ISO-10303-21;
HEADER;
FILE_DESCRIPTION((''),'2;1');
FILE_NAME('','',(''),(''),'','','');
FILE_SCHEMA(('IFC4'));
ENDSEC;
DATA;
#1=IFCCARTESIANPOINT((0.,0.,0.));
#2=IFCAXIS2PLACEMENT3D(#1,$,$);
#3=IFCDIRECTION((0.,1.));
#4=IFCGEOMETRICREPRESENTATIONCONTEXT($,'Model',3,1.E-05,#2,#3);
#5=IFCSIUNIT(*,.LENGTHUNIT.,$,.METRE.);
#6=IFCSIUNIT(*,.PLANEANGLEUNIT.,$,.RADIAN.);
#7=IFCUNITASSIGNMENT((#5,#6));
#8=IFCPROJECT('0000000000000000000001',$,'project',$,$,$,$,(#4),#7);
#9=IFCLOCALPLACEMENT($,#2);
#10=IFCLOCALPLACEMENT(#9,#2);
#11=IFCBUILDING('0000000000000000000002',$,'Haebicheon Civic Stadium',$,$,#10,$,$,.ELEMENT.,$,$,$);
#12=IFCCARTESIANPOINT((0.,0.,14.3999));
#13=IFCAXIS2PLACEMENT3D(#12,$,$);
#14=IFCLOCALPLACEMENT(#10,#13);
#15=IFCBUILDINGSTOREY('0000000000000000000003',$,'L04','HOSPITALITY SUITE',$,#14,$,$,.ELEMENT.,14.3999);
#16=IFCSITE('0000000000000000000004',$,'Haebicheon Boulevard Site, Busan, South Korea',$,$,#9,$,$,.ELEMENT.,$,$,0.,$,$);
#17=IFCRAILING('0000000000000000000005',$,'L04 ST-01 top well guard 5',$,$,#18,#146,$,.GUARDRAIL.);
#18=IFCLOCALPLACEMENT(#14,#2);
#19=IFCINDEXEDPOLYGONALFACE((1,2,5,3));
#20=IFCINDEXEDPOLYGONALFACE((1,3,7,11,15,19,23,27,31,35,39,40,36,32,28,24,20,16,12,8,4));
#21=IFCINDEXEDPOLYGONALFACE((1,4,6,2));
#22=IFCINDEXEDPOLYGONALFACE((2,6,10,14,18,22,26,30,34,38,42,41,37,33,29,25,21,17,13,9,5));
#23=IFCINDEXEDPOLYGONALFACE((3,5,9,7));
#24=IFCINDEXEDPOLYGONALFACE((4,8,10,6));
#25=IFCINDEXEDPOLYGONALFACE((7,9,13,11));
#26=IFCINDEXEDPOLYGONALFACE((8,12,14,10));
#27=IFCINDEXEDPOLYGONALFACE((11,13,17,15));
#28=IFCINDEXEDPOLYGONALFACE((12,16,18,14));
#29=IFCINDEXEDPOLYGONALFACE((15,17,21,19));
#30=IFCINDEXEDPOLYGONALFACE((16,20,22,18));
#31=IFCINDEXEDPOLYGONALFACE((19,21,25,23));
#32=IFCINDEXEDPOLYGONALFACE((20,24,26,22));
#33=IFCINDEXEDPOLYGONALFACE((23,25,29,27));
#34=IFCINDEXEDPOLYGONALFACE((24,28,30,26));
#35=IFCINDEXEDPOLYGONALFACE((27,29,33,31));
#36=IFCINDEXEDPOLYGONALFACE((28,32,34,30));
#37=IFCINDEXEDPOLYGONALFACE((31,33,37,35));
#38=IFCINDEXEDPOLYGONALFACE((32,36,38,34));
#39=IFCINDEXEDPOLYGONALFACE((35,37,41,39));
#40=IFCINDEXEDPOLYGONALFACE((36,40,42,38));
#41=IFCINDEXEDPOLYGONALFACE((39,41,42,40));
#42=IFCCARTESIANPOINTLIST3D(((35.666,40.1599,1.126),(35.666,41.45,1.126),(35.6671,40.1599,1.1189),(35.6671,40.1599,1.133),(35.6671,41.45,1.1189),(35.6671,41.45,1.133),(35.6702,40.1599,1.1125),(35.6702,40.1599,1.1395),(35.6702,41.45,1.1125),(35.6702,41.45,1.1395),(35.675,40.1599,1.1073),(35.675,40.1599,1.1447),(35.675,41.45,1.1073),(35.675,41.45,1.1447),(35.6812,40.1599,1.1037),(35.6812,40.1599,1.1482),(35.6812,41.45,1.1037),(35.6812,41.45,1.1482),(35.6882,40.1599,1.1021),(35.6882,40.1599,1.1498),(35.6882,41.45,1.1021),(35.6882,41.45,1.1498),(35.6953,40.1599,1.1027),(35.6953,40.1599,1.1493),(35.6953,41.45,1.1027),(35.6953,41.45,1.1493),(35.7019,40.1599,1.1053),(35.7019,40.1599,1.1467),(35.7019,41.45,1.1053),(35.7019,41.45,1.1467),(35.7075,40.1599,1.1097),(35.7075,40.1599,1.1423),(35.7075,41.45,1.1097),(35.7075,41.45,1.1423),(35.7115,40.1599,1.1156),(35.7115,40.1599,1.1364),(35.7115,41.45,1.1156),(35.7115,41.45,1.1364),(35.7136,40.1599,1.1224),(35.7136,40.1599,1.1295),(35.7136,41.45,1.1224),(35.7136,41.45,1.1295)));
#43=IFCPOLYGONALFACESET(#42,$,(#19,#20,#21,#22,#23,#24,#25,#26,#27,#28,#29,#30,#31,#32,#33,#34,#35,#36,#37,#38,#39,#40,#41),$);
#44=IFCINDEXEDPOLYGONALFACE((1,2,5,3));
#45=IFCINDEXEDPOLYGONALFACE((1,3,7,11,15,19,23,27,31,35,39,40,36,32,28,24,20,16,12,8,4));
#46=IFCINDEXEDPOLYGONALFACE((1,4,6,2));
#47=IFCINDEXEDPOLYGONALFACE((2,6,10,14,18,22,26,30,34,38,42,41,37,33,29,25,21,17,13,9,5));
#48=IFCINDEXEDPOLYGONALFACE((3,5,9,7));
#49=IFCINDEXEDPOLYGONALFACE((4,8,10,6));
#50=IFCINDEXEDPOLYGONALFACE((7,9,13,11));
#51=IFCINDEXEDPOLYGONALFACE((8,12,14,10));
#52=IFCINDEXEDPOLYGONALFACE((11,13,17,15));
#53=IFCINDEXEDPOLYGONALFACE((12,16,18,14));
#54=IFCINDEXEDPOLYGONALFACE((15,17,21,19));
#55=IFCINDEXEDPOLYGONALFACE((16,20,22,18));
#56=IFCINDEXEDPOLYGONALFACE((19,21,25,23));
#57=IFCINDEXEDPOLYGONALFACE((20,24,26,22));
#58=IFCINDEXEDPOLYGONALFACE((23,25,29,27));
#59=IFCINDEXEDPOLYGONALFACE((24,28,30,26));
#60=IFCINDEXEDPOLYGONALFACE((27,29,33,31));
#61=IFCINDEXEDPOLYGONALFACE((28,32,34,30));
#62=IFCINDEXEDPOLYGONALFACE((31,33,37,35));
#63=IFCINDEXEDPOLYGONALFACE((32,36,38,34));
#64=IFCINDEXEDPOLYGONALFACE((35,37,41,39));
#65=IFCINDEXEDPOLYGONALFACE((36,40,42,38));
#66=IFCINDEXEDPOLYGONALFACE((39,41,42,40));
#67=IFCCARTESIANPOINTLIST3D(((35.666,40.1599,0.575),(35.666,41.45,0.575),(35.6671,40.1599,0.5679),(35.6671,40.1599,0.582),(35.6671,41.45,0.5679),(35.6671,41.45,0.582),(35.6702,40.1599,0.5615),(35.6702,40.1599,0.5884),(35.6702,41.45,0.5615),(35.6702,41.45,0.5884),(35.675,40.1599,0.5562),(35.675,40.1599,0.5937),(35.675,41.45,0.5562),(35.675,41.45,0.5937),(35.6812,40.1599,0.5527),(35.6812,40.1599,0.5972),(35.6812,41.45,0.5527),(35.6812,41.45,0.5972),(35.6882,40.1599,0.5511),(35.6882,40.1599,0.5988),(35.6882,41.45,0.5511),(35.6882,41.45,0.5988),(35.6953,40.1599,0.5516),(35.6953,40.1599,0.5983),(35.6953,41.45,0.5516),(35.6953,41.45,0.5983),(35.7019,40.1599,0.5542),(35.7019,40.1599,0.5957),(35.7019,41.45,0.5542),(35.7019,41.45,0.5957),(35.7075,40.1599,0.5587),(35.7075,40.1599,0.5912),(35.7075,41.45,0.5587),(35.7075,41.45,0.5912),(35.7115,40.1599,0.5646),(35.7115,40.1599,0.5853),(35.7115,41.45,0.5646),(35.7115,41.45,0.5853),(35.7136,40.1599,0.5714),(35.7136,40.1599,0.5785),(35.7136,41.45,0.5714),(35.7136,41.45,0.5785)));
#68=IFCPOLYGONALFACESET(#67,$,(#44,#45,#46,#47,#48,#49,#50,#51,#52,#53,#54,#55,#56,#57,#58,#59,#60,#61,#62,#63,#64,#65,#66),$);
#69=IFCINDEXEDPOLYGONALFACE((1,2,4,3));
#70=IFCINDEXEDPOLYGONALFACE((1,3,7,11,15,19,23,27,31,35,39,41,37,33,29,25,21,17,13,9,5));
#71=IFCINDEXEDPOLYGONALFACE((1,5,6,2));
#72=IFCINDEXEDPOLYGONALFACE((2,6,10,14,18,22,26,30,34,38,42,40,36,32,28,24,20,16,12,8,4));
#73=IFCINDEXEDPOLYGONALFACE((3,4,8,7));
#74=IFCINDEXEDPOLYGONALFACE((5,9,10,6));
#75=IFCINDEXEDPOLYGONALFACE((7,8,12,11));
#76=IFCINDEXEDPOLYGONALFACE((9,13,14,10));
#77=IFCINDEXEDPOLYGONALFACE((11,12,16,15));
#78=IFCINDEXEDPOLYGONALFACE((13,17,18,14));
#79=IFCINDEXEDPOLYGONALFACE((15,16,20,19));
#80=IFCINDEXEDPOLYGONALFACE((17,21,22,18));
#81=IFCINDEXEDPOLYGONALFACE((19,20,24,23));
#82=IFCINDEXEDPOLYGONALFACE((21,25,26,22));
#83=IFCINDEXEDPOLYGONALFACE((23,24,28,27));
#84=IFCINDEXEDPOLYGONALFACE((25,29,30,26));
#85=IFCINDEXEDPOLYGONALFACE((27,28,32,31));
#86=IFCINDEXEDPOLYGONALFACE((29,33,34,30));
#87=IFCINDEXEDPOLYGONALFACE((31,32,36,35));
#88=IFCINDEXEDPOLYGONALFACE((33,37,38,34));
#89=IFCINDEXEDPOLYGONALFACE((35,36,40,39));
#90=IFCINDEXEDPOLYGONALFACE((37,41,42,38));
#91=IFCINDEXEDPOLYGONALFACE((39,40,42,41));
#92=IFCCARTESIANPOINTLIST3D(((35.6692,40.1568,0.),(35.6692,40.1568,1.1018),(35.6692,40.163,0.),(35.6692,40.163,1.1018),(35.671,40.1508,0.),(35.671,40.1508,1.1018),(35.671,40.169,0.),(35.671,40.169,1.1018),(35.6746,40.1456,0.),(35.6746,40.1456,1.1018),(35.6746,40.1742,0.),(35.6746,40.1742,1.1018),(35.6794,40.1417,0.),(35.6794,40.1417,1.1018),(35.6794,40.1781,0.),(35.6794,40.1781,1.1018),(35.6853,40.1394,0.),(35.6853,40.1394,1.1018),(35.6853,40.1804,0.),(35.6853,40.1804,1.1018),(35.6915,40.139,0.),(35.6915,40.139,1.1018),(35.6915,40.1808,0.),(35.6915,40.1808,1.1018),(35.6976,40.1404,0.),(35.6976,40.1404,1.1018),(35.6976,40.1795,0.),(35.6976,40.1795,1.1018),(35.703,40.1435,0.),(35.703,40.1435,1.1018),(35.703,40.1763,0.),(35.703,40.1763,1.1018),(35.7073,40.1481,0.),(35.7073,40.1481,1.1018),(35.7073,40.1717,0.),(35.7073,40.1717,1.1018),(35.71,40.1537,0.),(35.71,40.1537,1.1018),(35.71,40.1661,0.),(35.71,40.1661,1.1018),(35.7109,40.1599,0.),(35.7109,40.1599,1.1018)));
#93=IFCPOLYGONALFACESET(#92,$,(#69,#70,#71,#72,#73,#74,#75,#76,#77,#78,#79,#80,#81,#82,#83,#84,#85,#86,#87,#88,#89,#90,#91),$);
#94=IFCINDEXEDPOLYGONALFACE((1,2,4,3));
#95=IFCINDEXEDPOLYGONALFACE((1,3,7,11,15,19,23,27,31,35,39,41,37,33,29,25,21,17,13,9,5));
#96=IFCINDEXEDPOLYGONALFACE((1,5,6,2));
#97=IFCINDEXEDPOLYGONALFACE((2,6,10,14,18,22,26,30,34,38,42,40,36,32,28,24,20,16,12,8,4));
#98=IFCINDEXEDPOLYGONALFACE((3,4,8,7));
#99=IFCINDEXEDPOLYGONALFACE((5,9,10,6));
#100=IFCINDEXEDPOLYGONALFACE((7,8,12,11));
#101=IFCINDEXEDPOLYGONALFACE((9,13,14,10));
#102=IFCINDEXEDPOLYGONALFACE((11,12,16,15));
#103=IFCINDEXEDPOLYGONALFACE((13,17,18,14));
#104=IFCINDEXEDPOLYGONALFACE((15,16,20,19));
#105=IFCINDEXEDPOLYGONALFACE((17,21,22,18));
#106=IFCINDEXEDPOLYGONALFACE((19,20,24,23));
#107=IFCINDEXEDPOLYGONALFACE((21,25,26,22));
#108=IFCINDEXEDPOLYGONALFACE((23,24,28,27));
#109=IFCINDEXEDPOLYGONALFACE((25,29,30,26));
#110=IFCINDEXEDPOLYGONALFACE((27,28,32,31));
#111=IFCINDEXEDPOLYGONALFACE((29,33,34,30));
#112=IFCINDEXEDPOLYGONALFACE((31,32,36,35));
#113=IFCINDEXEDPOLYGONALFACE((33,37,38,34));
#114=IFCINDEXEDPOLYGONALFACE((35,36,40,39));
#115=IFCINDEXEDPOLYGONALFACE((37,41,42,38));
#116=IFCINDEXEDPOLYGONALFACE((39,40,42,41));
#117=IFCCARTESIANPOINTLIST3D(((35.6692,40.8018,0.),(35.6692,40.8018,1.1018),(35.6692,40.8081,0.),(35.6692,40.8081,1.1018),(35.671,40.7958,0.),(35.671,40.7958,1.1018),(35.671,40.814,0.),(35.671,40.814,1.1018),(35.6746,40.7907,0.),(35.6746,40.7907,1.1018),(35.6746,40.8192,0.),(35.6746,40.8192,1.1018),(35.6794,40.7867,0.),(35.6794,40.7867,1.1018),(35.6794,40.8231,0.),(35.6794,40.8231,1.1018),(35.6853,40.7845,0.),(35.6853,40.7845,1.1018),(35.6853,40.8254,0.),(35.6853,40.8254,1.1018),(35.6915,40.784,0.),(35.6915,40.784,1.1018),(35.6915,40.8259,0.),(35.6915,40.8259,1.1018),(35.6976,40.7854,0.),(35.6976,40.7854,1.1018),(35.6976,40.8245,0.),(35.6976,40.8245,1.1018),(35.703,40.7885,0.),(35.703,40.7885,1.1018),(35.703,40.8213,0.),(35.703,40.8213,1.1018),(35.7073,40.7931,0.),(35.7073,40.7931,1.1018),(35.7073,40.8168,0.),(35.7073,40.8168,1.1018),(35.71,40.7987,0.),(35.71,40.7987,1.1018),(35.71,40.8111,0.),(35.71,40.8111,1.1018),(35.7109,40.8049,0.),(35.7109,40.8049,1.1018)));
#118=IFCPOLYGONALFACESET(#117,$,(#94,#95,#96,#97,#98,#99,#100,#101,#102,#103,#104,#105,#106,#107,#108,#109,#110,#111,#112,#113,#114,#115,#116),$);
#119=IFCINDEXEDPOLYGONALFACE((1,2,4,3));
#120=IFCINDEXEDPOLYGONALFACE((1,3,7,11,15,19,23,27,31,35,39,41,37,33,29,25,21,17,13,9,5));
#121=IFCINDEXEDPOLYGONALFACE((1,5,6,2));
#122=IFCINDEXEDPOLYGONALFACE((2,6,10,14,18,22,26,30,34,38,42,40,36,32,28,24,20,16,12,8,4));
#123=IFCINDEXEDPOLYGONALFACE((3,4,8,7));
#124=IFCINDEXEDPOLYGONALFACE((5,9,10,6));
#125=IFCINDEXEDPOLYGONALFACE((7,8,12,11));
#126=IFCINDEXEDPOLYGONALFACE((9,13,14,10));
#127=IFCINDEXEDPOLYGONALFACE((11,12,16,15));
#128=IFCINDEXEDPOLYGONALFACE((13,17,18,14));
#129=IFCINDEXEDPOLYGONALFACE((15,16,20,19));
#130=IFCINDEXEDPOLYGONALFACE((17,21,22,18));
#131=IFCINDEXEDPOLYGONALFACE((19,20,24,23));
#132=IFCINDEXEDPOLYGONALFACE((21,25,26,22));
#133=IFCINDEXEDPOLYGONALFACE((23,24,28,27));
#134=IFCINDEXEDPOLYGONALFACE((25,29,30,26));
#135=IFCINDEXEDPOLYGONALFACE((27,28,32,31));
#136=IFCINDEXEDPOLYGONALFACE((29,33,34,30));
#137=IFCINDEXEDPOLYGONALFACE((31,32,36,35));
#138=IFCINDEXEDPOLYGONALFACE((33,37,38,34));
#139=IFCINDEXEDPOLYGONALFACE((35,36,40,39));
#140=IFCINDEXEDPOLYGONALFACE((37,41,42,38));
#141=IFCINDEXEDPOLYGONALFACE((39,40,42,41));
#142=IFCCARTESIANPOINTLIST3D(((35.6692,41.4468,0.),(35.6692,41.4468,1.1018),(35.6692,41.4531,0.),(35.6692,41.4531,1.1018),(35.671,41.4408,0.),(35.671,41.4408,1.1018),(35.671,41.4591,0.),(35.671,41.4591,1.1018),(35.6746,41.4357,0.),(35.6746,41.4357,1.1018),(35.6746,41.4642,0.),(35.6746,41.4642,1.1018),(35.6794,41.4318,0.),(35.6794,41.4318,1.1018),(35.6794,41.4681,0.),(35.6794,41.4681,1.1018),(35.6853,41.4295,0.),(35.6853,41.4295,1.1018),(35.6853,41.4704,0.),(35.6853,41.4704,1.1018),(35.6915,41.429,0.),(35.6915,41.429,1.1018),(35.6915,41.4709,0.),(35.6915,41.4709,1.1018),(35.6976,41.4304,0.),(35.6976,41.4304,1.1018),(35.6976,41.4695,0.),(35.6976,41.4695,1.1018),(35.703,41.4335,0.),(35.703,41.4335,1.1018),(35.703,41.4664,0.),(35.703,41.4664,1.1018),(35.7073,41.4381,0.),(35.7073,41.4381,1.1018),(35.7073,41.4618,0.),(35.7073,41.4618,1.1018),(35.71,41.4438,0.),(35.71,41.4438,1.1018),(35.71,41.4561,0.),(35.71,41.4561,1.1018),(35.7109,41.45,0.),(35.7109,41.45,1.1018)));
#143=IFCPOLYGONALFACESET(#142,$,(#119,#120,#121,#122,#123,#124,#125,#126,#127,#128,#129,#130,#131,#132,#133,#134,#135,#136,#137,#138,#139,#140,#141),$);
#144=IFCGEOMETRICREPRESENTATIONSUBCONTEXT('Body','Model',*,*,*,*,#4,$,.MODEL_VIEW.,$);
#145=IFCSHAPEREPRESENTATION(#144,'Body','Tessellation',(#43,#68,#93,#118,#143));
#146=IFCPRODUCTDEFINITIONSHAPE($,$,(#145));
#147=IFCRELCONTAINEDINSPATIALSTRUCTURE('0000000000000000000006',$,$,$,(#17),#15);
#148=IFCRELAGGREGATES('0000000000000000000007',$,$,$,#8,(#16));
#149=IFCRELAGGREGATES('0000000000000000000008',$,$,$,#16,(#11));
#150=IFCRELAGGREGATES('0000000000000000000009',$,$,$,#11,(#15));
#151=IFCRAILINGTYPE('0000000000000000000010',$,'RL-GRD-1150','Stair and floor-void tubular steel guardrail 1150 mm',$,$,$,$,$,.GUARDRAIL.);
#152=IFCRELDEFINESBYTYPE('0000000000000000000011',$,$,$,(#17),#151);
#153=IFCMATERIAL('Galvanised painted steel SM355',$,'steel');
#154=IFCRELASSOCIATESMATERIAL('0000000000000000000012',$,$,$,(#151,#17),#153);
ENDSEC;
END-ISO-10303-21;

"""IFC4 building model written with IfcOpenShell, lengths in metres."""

from ifc_helpers import new_model, si_unit, direction, frame, origin, origin_2d, place, context, subcontext, project, spatial, circle, extrude, material, type_object, element, save


model = new_model("IFC4")

# Units and contexts
model_context = context("Model", 3, precision=1e-05, world=origin(), true_north=direction((0.0, 1.0)))
body_context = subcontext(model_context, "Body", "Model", "MODEL_VIEW")
ifc_project = project(units=[si_unit("LENGTHUNIT", "METRE"), si_unit("PLANEANGLEUNIT", "RADIAN")], contexts=[model_context])

# Site, building, storey
site_placement = place(None, origin())
site = spatial("IfcSite", under=ifc_project, at=site_placement, Name="Haebicheon Boulevard Site, Busan, South Korea", CompositionType="ELEMENT", RefElevation=0.0)
building_placement = place(site_placement, origin())
building = spatial("IfcBuilding", under=site, at=building_placement, Name="Haebicheon Civic Stadium", CompositionType="ELEMENT")
storey_placement = place(building_placement, frame((0.0, 0.0, 14.3999)))
storey = spatial("IfcBuildingStorey", under=building, at=storey_placement, Name="L04", Description="HOSPITALITY SUITE", CompositionType="ELEMENT", Elevation=14.3999)

# Railing
ifc_material_1 = material(Name="Galvanised painted steel SM355", Category="steel")
railing_type = type_object("IfcRailingType", Name="RL-GRD-1150", Description="Stair and floor-void tubular steel guardrail 1150 mm", PredefinedType="GUARDRAIL", material=ifc_material_1)
for number, where, name in (
    (1, (35.6899, 40.1599, 0.0), "L04 ST-01 top well guard 5"),
):
    element("IfcRailing", number, at=place(storey_placement, frame(where)), inside=storey, type_object=railing_type, material=ifc_material_1, Name=name, PredefinedType="GUARDRAIL", context=body_context, shape_type="SweptSolid", body=[
        extrude(circle(Radius=0.0239, at=origin_2d()), frame((0.0, 0.0, 1.126), z_axis=(0.0, 1.0, 0.0), x_axis=(-1.0, 0.0, 0.0)), (0.0, 0.0, 1.0), 1.29),
        extrude(circle(Radius=0.0239, at=origin_2d()), frame((0.0, 0.0, 0.575), z_axis=(0.0, 1.0, 0.0), x_axis=(-1.0, 0.0, 0.0)), (0.0, 0.0, 1.0), 1.29),
        extrude(circle(Radius=0.021, at=origin_2d()), origin(), (0.0, 0.0, 1.0), 1.1018),
        extrude(circle(Radius=0.021, at=origin_2d()), frame((0.0, 0.645, 0.0)), (0.0, 0.0, 1.0), 1.1018),
        extrude(circle(Radius=0.021, at=origin_2d()), frame((0.0, 1.29, 0.0)), (0.0, 0.0, 1.0), 1.1018),
    ])

save(model, "model.ifc")
